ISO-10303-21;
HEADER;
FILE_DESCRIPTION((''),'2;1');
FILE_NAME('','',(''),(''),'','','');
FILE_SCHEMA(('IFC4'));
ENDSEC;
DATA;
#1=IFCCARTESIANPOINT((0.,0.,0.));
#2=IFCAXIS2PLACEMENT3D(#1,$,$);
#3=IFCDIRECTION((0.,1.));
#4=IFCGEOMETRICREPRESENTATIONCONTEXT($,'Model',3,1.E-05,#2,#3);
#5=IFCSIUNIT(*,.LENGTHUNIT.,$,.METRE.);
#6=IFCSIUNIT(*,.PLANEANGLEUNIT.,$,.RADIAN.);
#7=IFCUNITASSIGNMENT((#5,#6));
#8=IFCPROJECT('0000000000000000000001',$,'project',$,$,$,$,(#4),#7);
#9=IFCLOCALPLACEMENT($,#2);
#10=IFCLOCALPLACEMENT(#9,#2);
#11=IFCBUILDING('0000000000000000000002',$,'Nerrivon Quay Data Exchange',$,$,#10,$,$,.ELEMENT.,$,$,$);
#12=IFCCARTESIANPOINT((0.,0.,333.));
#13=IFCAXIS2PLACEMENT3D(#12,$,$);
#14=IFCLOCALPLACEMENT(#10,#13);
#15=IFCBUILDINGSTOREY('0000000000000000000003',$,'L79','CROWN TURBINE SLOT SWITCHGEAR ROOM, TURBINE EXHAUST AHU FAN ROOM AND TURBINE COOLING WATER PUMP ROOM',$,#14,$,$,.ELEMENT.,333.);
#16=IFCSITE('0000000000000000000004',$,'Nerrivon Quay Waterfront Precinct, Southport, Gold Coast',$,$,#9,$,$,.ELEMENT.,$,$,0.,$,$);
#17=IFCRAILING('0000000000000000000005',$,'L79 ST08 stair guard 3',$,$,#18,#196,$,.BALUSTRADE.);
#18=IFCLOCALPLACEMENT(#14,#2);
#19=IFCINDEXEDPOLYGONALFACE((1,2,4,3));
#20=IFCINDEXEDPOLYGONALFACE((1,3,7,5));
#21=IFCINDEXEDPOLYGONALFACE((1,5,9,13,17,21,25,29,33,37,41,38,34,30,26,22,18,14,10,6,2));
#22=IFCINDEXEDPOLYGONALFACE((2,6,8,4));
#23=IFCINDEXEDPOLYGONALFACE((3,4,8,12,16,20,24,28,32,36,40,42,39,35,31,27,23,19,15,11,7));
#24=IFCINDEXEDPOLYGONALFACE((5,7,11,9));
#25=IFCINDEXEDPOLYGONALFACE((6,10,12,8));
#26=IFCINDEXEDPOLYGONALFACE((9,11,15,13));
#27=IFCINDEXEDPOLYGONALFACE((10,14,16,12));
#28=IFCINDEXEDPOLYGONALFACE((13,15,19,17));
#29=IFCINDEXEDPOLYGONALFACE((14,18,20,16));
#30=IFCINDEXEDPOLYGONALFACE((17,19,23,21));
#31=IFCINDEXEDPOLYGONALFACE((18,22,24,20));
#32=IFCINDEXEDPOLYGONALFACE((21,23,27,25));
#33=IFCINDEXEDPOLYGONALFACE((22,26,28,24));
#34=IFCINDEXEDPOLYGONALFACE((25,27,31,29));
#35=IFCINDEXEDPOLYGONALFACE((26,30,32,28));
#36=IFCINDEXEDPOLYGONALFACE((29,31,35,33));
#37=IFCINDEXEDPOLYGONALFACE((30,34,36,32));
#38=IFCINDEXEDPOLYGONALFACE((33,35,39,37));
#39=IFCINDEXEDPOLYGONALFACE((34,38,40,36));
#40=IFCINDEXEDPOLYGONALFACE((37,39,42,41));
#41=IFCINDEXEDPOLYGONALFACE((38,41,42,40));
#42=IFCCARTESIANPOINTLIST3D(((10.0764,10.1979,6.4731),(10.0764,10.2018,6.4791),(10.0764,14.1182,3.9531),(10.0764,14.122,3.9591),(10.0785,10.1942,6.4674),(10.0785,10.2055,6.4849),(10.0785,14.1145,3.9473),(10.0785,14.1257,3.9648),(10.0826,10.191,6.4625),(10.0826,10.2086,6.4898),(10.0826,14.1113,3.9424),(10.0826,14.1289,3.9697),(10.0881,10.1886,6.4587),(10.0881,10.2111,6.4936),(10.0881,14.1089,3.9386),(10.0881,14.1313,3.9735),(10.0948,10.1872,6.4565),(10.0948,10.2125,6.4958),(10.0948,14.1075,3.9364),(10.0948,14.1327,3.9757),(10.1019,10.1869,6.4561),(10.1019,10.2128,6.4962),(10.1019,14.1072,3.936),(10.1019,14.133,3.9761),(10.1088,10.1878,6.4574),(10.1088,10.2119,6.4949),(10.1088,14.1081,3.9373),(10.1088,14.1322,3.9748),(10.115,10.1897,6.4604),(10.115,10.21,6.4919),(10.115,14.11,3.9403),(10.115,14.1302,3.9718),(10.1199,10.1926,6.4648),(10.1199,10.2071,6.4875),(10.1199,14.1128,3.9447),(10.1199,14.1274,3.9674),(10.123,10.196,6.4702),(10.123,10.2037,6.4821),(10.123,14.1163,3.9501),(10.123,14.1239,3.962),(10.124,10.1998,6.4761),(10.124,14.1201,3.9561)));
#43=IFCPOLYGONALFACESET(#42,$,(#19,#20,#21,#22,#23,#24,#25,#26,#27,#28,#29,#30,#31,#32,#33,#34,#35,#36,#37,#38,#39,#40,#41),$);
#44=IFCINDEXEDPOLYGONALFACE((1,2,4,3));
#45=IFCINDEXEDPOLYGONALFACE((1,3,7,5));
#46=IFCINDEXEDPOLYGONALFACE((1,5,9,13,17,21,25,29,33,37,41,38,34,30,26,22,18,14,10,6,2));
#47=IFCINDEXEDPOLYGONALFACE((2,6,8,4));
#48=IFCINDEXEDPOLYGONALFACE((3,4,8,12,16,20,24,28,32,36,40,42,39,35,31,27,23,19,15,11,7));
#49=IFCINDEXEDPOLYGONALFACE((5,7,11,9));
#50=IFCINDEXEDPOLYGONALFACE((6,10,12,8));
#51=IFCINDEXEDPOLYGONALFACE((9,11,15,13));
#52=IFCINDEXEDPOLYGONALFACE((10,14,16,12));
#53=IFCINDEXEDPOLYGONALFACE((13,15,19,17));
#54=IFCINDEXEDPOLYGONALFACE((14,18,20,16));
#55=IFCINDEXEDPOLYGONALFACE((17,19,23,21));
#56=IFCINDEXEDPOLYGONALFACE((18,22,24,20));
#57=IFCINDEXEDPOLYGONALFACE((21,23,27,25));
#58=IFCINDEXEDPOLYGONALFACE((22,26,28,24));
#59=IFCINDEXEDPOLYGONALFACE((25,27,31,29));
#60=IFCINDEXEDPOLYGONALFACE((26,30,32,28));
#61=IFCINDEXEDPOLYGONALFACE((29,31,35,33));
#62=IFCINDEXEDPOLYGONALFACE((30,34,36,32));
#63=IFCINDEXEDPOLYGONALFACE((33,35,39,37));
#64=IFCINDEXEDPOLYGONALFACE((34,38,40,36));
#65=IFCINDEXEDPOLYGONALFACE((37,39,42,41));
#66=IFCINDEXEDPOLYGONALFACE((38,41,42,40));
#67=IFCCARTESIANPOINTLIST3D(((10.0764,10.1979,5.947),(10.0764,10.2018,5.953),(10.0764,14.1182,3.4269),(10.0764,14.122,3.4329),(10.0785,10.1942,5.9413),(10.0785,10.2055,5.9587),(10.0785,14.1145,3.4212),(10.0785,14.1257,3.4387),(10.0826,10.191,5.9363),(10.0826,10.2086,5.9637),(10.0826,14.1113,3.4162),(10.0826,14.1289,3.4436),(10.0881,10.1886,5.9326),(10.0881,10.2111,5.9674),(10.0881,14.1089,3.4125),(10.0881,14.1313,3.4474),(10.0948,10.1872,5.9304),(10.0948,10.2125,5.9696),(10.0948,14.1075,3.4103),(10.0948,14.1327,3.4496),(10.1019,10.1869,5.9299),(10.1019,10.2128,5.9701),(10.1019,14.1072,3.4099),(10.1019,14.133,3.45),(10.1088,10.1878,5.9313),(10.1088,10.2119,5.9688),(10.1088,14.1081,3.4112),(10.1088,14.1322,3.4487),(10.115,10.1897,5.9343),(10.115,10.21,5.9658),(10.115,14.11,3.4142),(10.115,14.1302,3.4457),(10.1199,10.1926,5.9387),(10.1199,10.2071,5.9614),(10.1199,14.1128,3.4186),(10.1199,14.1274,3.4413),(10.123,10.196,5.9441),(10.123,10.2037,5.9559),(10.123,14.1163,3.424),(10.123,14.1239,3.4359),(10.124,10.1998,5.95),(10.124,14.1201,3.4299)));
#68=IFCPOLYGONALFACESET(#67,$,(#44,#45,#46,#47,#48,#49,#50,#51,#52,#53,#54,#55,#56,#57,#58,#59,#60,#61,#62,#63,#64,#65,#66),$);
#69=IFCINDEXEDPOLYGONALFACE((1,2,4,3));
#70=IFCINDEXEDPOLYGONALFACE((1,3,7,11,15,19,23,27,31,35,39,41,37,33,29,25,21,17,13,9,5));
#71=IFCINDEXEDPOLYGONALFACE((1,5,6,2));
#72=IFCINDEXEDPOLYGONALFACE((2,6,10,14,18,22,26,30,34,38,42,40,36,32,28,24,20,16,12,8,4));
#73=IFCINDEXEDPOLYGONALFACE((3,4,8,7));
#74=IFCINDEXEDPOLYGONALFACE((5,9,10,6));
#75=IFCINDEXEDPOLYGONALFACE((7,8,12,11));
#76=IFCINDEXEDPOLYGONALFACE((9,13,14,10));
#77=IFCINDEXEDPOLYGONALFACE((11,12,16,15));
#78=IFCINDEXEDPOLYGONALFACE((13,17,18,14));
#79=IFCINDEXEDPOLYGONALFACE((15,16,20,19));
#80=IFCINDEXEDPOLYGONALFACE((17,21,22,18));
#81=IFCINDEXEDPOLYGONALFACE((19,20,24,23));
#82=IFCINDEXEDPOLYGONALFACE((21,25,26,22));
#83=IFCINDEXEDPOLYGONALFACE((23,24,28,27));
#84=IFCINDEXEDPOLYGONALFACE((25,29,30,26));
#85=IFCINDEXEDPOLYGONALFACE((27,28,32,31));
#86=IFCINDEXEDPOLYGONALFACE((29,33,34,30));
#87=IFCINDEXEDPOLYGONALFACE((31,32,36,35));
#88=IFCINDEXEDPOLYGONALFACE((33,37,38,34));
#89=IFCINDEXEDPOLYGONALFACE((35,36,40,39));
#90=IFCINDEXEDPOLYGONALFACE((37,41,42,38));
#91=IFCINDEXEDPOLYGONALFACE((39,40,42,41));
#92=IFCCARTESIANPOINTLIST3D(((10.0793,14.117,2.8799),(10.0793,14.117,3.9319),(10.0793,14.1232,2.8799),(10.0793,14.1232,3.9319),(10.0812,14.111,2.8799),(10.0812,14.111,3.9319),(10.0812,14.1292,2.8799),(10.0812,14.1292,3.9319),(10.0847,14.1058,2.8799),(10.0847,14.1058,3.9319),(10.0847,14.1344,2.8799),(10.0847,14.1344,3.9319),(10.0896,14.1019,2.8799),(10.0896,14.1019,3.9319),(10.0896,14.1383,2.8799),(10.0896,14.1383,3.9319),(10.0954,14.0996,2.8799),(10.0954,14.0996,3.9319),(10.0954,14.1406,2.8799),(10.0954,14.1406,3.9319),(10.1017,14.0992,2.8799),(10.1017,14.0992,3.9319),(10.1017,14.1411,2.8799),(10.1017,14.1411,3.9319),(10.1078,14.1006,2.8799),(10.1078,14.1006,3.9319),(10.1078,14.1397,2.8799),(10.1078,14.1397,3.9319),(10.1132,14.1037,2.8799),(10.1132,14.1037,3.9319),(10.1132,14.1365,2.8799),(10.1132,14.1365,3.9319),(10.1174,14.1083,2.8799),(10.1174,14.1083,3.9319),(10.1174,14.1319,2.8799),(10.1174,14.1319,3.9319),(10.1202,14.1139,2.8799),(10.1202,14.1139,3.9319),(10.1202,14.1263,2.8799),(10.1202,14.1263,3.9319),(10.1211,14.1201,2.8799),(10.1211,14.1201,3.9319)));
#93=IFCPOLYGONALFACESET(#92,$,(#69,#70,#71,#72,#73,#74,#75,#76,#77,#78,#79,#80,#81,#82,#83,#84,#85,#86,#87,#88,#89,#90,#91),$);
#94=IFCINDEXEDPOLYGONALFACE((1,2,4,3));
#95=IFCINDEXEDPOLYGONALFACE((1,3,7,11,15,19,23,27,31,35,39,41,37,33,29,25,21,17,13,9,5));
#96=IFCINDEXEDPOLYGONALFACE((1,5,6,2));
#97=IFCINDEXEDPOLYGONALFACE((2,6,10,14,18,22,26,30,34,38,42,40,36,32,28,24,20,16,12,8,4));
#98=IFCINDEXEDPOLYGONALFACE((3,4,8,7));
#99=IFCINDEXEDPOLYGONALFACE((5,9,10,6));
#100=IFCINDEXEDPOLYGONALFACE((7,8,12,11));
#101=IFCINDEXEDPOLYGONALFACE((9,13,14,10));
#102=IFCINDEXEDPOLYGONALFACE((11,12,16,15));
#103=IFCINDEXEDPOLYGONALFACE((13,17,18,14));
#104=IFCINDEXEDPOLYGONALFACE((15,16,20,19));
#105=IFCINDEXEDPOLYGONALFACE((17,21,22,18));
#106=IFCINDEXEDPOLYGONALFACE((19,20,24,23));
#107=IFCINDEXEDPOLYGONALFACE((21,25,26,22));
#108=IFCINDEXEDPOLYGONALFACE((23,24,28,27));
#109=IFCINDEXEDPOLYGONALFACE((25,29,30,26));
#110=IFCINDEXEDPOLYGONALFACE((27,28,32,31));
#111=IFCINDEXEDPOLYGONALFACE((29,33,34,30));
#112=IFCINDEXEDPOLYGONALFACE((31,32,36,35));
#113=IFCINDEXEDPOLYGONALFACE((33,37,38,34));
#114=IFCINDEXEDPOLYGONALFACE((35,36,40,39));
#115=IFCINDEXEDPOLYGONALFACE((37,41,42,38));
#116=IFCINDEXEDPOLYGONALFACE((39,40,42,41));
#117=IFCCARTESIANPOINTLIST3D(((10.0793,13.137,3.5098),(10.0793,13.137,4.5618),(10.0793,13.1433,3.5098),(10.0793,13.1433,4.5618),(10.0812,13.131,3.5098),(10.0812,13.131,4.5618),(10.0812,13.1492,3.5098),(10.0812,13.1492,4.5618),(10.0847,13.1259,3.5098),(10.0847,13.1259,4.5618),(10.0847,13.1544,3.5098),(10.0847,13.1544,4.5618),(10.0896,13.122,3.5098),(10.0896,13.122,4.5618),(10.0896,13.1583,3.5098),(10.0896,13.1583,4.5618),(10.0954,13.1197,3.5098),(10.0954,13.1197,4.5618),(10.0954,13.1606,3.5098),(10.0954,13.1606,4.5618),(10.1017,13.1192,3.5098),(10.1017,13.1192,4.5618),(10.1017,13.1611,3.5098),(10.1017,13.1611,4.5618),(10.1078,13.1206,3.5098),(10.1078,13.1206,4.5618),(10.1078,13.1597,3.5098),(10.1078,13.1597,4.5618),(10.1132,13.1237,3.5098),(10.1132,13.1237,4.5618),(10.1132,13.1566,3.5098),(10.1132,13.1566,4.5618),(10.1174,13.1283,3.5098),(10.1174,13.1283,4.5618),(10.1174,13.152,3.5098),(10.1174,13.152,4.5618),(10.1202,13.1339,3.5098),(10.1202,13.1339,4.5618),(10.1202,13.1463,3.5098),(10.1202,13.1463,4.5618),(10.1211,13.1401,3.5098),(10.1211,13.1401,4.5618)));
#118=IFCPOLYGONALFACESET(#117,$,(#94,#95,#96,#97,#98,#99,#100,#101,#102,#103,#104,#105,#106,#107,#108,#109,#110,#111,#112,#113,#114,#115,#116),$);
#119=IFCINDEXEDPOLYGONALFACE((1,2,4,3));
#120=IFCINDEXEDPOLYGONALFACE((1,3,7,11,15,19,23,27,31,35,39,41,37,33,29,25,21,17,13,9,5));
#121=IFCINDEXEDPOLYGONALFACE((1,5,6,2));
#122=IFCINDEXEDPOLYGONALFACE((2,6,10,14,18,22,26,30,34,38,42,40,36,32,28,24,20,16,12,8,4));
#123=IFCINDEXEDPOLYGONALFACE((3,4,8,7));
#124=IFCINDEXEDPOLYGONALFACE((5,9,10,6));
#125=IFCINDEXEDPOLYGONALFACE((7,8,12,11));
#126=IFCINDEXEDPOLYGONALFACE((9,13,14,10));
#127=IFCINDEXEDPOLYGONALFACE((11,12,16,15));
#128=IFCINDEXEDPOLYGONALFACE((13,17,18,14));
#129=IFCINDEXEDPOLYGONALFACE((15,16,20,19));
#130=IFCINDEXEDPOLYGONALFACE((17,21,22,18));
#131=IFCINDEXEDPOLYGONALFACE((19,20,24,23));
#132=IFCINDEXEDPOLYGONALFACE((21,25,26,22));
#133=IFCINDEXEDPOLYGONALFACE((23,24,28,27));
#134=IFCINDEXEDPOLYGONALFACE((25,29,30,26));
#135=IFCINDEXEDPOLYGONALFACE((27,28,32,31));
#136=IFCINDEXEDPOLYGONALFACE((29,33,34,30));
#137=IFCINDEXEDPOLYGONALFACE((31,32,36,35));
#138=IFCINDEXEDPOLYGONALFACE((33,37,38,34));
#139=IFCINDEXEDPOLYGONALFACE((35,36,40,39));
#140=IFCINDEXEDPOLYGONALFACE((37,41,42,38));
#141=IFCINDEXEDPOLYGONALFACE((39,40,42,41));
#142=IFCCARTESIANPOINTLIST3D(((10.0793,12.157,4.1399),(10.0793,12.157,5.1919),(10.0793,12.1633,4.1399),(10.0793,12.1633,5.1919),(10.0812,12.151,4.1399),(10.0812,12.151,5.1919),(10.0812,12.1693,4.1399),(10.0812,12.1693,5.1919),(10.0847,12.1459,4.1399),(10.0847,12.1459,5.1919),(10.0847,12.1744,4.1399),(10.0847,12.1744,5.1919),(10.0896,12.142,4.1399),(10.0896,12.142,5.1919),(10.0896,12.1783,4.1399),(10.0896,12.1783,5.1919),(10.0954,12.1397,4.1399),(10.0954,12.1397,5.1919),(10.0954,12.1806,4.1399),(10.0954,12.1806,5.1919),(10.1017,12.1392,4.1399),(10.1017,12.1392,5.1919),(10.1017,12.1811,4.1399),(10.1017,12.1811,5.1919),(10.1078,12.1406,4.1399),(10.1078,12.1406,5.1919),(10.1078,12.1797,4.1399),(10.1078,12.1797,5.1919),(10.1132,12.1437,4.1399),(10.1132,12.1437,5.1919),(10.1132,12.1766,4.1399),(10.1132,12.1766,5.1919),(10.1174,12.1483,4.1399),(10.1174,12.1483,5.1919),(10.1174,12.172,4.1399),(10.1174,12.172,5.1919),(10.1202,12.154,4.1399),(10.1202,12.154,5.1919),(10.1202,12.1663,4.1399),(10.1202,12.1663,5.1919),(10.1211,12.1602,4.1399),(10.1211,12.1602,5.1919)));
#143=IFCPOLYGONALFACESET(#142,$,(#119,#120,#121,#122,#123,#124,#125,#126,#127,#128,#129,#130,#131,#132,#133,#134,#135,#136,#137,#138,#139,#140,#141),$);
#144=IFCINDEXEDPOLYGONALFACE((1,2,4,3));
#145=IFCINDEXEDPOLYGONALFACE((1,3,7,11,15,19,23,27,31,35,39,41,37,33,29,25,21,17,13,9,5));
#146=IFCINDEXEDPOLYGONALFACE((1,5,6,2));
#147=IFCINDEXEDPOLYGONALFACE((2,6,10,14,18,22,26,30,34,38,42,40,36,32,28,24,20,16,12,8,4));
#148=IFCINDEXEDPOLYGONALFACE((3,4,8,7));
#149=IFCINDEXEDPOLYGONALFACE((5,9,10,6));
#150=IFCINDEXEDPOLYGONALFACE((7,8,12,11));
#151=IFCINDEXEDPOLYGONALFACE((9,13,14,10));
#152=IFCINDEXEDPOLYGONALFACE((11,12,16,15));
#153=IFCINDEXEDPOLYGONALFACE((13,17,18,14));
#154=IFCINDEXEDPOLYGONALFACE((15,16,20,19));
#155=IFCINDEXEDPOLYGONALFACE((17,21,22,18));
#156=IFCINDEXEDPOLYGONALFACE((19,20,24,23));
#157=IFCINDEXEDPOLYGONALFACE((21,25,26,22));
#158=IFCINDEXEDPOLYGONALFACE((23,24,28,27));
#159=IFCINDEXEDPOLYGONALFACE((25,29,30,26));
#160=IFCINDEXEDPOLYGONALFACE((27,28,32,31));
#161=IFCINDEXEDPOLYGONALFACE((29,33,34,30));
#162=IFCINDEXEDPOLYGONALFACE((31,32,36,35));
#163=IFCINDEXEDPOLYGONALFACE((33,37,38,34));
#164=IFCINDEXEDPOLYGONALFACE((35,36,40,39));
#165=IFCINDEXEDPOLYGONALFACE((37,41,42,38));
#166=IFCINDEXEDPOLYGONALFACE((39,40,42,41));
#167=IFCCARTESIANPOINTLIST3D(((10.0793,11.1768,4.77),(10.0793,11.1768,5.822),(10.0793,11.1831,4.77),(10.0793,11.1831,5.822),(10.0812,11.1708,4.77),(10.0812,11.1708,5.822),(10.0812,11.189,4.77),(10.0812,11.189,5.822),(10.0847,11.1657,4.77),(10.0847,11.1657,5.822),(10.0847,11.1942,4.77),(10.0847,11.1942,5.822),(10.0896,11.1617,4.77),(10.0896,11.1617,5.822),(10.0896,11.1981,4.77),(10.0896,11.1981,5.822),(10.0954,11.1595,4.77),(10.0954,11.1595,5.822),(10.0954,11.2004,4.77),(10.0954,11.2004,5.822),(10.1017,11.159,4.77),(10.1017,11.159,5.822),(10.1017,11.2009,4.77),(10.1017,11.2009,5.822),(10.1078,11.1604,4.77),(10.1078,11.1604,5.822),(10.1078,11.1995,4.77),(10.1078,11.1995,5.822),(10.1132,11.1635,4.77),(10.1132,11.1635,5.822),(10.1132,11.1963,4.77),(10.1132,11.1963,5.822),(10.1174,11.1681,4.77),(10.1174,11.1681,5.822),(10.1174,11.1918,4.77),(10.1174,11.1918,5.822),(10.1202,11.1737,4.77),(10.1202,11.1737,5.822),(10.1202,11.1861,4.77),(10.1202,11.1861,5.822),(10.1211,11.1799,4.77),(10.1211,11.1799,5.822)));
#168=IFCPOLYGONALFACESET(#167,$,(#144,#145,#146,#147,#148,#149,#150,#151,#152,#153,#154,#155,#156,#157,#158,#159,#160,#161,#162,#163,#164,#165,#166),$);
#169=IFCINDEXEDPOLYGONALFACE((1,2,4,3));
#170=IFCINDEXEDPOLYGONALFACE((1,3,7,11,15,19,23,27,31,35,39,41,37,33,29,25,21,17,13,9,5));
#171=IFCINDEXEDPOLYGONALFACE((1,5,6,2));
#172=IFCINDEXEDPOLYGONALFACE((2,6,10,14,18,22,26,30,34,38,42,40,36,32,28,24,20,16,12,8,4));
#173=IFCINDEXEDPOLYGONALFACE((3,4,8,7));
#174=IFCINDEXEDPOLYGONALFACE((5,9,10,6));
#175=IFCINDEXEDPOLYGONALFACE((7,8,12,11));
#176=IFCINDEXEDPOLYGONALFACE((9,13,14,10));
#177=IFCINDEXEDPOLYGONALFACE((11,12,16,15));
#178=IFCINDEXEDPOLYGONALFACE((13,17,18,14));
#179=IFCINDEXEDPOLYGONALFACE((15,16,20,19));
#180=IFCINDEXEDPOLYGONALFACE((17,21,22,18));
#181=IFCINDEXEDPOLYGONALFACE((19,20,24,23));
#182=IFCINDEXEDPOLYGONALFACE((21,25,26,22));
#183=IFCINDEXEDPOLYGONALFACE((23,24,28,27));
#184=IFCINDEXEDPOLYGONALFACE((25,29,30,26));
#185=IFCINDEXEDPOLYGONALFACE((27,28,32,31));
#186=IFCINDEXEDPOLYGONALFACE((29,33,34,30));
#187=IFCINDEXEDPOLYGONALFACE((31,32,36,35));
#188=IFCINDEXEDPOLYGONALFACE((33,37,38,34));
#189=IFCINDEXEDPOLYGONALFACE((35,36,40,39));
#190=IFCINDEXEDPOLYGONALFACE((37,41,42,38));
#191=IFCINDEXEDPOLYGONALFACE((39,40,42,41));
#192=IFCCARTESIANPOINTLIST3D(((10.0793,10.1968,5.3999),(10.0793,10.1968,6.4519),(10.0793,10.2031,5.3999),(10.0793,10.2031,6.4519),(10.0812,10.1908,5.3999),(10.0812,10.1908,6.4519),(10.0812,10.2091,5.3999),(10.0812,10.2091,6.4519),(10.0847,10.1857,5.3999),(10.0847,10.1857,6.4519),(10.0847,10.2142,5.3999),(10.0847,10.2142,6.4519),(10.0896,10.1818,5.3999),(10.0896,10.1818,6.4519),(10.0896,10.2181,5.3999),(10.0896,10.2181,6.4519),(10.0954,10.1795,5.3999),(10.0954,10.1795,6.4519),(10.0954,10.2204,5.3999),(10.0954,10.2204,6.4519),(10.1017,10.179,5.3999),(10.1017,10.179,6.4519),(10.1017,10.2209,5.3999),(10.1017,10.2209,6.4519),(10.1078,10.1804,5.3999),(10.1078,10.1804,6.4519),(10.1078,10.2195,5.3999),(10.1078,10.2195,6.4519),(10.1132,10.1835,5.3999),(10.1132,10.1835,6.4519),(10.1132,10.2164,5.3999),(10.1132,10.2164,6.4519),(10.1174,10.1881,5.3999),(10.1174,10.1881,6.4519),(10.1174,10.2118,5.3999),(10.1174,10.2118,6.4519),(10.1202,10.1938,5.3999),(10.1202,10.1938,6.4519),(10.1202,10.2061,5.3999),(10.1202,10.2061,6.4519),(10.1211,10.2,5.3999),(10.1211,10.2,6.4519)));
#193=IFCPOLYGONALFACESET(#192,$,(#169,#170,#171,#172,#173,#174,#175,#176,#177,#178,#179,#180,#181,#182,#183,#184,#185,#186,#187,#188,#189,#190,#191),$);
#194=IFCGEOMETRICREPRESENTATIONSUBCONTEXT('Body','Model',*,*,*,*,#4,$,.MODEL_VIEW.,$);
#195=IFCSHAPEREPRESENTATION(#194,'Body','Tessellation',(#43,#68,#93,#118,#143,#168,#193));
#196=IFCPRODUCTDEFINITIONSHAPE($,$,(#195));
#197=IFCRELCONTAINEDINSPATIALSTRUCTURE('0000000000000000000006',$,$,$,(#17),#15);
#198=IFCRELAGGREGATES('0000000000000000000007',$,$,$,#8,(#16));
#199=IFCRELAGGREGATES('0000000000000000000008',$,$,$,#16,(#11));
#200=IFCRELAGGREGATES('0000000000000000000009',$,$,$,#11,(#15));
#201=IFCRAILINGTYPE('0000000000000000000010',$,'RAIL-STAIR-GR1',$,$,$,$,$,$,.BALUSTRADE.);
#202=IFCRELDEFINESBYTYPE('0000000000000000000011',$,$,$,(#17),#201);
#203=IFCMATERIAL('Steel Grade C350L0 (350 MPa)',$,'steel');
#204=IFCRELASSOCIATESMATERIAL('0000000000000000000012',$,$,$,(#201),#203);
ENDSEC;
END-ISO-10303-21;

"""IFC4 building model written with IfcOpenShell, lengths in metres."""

from ifc_helpers import new_model, si_unit, direction, frame, origin, origin_2d, place, context, subcontext, project, spatial, circle, extrude, material, type_object, element, save


model = new_model("IFC4")

# Units and contexts
model_context = context("Model", 3, precision=1e-05, world=origin(), true_north=direction((0.0, 1.0)))
body_context = subcontext(model_context, "Body", "Model", "MODEL_VIEW")
ifc_project = project(units=[si_unit("LENGTHUNIT", "METRE"), si_unit("PLANEANGLEUNIT", "RADIAN")], contexts=[model_context])

# Site, building, storey
site_placement = place(None, origin())
site = spatial("IfcSite", under=ifc_project, at=site_placement, Name="Nerrivon Quay Waterfront Precinct, Southport, Gold Coast", CompositionType="ELEMENT", RefElevation=0.0)
building_placement = place(site_placement, origin())
building = spatial("IfcBuilding", under=site, at=building_placement, Name="Nerrivon Quay Data Exchange", CompositionType="ELEMENT")
storey_placement = place(building_placement, frame((0.0, 0.0, 333.0)))
storey = spatial("IfcBuildingStorey", under=building, at=storey_placement, Name="L79", Description="CROWN TURBINE SLOT SWITCHGEAR ROOM, TURBINE EXHAUST AHU FAN ROOM AND TURBINE COOLING WATER PUMP ROOM", CompositionType="ELEMENT", Elevation=333.0)

# Shared definitions
ifc_material_1 = material(Name="Steel Grade C350L0 (350 MPa)", Category="steel")

# Railing
railing_type_1 = type_object("IfcRailingType", Name="RAIL-STAIR-GR1", PredefinedType="BALUSTRADE", material=ifc_material_1)
railing_1_placement = place(storey_placement, frame((10.1001, 14.1201, 2.8799)))
element("IfcRailing", 1, at=railing_1_placement, inside=storey, type_object=railing_type_1, Name="L79 ST08 stair guard 3", PredefinedType="BALUSTRADE", context=body_context, shape_type="SweptSolid", body=[
    extrude(circle(Radius=0.0239, at=origin_2d()), frame((0.0, 0.0, 1.0762), z_axis=(0.0, -0.841187, 0.540744), x_axis=(1.0, 0.0, 0.0)), (0.0, 0.0, 1.0), 4.6604),
    extrude(circle(Radius=0.0239, at=origin_2d()), frame((0.0, 0.0, 0.55), z_axis=(0.0, -0.841187, 0.540744), x_axis=(1.0, 0.0, 0.0)), (0.0, 0.0, 1.0), 4.6604),
    extrude(circle(Radius=0.021, at=origin_2d()), origin(), (0.0, 0.0, 1.0), 1.052),
    extrude(circle(Radius=0.021, at=origin_2d()), frame((0.0, -0.98, 0.6299)), (0.0, 0.0, 1.0), 1.052),
    extrude(circle(Radius=0.021, at=origin_2d()), frame((0.0, -1.96, 1.26)), (0.0, 0.0, 1.0), 1.052),
    extrude(circle(Radius=0.021, at=origin_2d()), frame((0.0, -2.9402, 1.8901)), (0.0, 0.0, 1.0), 1.052),
    extrude(circle(Radius=0.021, at=origin_2d()), frame((0.0, -3.9202, 2.52)), (0.0, 0.0, 1.0), 1.052),
])

save(model, "model.ifc")
